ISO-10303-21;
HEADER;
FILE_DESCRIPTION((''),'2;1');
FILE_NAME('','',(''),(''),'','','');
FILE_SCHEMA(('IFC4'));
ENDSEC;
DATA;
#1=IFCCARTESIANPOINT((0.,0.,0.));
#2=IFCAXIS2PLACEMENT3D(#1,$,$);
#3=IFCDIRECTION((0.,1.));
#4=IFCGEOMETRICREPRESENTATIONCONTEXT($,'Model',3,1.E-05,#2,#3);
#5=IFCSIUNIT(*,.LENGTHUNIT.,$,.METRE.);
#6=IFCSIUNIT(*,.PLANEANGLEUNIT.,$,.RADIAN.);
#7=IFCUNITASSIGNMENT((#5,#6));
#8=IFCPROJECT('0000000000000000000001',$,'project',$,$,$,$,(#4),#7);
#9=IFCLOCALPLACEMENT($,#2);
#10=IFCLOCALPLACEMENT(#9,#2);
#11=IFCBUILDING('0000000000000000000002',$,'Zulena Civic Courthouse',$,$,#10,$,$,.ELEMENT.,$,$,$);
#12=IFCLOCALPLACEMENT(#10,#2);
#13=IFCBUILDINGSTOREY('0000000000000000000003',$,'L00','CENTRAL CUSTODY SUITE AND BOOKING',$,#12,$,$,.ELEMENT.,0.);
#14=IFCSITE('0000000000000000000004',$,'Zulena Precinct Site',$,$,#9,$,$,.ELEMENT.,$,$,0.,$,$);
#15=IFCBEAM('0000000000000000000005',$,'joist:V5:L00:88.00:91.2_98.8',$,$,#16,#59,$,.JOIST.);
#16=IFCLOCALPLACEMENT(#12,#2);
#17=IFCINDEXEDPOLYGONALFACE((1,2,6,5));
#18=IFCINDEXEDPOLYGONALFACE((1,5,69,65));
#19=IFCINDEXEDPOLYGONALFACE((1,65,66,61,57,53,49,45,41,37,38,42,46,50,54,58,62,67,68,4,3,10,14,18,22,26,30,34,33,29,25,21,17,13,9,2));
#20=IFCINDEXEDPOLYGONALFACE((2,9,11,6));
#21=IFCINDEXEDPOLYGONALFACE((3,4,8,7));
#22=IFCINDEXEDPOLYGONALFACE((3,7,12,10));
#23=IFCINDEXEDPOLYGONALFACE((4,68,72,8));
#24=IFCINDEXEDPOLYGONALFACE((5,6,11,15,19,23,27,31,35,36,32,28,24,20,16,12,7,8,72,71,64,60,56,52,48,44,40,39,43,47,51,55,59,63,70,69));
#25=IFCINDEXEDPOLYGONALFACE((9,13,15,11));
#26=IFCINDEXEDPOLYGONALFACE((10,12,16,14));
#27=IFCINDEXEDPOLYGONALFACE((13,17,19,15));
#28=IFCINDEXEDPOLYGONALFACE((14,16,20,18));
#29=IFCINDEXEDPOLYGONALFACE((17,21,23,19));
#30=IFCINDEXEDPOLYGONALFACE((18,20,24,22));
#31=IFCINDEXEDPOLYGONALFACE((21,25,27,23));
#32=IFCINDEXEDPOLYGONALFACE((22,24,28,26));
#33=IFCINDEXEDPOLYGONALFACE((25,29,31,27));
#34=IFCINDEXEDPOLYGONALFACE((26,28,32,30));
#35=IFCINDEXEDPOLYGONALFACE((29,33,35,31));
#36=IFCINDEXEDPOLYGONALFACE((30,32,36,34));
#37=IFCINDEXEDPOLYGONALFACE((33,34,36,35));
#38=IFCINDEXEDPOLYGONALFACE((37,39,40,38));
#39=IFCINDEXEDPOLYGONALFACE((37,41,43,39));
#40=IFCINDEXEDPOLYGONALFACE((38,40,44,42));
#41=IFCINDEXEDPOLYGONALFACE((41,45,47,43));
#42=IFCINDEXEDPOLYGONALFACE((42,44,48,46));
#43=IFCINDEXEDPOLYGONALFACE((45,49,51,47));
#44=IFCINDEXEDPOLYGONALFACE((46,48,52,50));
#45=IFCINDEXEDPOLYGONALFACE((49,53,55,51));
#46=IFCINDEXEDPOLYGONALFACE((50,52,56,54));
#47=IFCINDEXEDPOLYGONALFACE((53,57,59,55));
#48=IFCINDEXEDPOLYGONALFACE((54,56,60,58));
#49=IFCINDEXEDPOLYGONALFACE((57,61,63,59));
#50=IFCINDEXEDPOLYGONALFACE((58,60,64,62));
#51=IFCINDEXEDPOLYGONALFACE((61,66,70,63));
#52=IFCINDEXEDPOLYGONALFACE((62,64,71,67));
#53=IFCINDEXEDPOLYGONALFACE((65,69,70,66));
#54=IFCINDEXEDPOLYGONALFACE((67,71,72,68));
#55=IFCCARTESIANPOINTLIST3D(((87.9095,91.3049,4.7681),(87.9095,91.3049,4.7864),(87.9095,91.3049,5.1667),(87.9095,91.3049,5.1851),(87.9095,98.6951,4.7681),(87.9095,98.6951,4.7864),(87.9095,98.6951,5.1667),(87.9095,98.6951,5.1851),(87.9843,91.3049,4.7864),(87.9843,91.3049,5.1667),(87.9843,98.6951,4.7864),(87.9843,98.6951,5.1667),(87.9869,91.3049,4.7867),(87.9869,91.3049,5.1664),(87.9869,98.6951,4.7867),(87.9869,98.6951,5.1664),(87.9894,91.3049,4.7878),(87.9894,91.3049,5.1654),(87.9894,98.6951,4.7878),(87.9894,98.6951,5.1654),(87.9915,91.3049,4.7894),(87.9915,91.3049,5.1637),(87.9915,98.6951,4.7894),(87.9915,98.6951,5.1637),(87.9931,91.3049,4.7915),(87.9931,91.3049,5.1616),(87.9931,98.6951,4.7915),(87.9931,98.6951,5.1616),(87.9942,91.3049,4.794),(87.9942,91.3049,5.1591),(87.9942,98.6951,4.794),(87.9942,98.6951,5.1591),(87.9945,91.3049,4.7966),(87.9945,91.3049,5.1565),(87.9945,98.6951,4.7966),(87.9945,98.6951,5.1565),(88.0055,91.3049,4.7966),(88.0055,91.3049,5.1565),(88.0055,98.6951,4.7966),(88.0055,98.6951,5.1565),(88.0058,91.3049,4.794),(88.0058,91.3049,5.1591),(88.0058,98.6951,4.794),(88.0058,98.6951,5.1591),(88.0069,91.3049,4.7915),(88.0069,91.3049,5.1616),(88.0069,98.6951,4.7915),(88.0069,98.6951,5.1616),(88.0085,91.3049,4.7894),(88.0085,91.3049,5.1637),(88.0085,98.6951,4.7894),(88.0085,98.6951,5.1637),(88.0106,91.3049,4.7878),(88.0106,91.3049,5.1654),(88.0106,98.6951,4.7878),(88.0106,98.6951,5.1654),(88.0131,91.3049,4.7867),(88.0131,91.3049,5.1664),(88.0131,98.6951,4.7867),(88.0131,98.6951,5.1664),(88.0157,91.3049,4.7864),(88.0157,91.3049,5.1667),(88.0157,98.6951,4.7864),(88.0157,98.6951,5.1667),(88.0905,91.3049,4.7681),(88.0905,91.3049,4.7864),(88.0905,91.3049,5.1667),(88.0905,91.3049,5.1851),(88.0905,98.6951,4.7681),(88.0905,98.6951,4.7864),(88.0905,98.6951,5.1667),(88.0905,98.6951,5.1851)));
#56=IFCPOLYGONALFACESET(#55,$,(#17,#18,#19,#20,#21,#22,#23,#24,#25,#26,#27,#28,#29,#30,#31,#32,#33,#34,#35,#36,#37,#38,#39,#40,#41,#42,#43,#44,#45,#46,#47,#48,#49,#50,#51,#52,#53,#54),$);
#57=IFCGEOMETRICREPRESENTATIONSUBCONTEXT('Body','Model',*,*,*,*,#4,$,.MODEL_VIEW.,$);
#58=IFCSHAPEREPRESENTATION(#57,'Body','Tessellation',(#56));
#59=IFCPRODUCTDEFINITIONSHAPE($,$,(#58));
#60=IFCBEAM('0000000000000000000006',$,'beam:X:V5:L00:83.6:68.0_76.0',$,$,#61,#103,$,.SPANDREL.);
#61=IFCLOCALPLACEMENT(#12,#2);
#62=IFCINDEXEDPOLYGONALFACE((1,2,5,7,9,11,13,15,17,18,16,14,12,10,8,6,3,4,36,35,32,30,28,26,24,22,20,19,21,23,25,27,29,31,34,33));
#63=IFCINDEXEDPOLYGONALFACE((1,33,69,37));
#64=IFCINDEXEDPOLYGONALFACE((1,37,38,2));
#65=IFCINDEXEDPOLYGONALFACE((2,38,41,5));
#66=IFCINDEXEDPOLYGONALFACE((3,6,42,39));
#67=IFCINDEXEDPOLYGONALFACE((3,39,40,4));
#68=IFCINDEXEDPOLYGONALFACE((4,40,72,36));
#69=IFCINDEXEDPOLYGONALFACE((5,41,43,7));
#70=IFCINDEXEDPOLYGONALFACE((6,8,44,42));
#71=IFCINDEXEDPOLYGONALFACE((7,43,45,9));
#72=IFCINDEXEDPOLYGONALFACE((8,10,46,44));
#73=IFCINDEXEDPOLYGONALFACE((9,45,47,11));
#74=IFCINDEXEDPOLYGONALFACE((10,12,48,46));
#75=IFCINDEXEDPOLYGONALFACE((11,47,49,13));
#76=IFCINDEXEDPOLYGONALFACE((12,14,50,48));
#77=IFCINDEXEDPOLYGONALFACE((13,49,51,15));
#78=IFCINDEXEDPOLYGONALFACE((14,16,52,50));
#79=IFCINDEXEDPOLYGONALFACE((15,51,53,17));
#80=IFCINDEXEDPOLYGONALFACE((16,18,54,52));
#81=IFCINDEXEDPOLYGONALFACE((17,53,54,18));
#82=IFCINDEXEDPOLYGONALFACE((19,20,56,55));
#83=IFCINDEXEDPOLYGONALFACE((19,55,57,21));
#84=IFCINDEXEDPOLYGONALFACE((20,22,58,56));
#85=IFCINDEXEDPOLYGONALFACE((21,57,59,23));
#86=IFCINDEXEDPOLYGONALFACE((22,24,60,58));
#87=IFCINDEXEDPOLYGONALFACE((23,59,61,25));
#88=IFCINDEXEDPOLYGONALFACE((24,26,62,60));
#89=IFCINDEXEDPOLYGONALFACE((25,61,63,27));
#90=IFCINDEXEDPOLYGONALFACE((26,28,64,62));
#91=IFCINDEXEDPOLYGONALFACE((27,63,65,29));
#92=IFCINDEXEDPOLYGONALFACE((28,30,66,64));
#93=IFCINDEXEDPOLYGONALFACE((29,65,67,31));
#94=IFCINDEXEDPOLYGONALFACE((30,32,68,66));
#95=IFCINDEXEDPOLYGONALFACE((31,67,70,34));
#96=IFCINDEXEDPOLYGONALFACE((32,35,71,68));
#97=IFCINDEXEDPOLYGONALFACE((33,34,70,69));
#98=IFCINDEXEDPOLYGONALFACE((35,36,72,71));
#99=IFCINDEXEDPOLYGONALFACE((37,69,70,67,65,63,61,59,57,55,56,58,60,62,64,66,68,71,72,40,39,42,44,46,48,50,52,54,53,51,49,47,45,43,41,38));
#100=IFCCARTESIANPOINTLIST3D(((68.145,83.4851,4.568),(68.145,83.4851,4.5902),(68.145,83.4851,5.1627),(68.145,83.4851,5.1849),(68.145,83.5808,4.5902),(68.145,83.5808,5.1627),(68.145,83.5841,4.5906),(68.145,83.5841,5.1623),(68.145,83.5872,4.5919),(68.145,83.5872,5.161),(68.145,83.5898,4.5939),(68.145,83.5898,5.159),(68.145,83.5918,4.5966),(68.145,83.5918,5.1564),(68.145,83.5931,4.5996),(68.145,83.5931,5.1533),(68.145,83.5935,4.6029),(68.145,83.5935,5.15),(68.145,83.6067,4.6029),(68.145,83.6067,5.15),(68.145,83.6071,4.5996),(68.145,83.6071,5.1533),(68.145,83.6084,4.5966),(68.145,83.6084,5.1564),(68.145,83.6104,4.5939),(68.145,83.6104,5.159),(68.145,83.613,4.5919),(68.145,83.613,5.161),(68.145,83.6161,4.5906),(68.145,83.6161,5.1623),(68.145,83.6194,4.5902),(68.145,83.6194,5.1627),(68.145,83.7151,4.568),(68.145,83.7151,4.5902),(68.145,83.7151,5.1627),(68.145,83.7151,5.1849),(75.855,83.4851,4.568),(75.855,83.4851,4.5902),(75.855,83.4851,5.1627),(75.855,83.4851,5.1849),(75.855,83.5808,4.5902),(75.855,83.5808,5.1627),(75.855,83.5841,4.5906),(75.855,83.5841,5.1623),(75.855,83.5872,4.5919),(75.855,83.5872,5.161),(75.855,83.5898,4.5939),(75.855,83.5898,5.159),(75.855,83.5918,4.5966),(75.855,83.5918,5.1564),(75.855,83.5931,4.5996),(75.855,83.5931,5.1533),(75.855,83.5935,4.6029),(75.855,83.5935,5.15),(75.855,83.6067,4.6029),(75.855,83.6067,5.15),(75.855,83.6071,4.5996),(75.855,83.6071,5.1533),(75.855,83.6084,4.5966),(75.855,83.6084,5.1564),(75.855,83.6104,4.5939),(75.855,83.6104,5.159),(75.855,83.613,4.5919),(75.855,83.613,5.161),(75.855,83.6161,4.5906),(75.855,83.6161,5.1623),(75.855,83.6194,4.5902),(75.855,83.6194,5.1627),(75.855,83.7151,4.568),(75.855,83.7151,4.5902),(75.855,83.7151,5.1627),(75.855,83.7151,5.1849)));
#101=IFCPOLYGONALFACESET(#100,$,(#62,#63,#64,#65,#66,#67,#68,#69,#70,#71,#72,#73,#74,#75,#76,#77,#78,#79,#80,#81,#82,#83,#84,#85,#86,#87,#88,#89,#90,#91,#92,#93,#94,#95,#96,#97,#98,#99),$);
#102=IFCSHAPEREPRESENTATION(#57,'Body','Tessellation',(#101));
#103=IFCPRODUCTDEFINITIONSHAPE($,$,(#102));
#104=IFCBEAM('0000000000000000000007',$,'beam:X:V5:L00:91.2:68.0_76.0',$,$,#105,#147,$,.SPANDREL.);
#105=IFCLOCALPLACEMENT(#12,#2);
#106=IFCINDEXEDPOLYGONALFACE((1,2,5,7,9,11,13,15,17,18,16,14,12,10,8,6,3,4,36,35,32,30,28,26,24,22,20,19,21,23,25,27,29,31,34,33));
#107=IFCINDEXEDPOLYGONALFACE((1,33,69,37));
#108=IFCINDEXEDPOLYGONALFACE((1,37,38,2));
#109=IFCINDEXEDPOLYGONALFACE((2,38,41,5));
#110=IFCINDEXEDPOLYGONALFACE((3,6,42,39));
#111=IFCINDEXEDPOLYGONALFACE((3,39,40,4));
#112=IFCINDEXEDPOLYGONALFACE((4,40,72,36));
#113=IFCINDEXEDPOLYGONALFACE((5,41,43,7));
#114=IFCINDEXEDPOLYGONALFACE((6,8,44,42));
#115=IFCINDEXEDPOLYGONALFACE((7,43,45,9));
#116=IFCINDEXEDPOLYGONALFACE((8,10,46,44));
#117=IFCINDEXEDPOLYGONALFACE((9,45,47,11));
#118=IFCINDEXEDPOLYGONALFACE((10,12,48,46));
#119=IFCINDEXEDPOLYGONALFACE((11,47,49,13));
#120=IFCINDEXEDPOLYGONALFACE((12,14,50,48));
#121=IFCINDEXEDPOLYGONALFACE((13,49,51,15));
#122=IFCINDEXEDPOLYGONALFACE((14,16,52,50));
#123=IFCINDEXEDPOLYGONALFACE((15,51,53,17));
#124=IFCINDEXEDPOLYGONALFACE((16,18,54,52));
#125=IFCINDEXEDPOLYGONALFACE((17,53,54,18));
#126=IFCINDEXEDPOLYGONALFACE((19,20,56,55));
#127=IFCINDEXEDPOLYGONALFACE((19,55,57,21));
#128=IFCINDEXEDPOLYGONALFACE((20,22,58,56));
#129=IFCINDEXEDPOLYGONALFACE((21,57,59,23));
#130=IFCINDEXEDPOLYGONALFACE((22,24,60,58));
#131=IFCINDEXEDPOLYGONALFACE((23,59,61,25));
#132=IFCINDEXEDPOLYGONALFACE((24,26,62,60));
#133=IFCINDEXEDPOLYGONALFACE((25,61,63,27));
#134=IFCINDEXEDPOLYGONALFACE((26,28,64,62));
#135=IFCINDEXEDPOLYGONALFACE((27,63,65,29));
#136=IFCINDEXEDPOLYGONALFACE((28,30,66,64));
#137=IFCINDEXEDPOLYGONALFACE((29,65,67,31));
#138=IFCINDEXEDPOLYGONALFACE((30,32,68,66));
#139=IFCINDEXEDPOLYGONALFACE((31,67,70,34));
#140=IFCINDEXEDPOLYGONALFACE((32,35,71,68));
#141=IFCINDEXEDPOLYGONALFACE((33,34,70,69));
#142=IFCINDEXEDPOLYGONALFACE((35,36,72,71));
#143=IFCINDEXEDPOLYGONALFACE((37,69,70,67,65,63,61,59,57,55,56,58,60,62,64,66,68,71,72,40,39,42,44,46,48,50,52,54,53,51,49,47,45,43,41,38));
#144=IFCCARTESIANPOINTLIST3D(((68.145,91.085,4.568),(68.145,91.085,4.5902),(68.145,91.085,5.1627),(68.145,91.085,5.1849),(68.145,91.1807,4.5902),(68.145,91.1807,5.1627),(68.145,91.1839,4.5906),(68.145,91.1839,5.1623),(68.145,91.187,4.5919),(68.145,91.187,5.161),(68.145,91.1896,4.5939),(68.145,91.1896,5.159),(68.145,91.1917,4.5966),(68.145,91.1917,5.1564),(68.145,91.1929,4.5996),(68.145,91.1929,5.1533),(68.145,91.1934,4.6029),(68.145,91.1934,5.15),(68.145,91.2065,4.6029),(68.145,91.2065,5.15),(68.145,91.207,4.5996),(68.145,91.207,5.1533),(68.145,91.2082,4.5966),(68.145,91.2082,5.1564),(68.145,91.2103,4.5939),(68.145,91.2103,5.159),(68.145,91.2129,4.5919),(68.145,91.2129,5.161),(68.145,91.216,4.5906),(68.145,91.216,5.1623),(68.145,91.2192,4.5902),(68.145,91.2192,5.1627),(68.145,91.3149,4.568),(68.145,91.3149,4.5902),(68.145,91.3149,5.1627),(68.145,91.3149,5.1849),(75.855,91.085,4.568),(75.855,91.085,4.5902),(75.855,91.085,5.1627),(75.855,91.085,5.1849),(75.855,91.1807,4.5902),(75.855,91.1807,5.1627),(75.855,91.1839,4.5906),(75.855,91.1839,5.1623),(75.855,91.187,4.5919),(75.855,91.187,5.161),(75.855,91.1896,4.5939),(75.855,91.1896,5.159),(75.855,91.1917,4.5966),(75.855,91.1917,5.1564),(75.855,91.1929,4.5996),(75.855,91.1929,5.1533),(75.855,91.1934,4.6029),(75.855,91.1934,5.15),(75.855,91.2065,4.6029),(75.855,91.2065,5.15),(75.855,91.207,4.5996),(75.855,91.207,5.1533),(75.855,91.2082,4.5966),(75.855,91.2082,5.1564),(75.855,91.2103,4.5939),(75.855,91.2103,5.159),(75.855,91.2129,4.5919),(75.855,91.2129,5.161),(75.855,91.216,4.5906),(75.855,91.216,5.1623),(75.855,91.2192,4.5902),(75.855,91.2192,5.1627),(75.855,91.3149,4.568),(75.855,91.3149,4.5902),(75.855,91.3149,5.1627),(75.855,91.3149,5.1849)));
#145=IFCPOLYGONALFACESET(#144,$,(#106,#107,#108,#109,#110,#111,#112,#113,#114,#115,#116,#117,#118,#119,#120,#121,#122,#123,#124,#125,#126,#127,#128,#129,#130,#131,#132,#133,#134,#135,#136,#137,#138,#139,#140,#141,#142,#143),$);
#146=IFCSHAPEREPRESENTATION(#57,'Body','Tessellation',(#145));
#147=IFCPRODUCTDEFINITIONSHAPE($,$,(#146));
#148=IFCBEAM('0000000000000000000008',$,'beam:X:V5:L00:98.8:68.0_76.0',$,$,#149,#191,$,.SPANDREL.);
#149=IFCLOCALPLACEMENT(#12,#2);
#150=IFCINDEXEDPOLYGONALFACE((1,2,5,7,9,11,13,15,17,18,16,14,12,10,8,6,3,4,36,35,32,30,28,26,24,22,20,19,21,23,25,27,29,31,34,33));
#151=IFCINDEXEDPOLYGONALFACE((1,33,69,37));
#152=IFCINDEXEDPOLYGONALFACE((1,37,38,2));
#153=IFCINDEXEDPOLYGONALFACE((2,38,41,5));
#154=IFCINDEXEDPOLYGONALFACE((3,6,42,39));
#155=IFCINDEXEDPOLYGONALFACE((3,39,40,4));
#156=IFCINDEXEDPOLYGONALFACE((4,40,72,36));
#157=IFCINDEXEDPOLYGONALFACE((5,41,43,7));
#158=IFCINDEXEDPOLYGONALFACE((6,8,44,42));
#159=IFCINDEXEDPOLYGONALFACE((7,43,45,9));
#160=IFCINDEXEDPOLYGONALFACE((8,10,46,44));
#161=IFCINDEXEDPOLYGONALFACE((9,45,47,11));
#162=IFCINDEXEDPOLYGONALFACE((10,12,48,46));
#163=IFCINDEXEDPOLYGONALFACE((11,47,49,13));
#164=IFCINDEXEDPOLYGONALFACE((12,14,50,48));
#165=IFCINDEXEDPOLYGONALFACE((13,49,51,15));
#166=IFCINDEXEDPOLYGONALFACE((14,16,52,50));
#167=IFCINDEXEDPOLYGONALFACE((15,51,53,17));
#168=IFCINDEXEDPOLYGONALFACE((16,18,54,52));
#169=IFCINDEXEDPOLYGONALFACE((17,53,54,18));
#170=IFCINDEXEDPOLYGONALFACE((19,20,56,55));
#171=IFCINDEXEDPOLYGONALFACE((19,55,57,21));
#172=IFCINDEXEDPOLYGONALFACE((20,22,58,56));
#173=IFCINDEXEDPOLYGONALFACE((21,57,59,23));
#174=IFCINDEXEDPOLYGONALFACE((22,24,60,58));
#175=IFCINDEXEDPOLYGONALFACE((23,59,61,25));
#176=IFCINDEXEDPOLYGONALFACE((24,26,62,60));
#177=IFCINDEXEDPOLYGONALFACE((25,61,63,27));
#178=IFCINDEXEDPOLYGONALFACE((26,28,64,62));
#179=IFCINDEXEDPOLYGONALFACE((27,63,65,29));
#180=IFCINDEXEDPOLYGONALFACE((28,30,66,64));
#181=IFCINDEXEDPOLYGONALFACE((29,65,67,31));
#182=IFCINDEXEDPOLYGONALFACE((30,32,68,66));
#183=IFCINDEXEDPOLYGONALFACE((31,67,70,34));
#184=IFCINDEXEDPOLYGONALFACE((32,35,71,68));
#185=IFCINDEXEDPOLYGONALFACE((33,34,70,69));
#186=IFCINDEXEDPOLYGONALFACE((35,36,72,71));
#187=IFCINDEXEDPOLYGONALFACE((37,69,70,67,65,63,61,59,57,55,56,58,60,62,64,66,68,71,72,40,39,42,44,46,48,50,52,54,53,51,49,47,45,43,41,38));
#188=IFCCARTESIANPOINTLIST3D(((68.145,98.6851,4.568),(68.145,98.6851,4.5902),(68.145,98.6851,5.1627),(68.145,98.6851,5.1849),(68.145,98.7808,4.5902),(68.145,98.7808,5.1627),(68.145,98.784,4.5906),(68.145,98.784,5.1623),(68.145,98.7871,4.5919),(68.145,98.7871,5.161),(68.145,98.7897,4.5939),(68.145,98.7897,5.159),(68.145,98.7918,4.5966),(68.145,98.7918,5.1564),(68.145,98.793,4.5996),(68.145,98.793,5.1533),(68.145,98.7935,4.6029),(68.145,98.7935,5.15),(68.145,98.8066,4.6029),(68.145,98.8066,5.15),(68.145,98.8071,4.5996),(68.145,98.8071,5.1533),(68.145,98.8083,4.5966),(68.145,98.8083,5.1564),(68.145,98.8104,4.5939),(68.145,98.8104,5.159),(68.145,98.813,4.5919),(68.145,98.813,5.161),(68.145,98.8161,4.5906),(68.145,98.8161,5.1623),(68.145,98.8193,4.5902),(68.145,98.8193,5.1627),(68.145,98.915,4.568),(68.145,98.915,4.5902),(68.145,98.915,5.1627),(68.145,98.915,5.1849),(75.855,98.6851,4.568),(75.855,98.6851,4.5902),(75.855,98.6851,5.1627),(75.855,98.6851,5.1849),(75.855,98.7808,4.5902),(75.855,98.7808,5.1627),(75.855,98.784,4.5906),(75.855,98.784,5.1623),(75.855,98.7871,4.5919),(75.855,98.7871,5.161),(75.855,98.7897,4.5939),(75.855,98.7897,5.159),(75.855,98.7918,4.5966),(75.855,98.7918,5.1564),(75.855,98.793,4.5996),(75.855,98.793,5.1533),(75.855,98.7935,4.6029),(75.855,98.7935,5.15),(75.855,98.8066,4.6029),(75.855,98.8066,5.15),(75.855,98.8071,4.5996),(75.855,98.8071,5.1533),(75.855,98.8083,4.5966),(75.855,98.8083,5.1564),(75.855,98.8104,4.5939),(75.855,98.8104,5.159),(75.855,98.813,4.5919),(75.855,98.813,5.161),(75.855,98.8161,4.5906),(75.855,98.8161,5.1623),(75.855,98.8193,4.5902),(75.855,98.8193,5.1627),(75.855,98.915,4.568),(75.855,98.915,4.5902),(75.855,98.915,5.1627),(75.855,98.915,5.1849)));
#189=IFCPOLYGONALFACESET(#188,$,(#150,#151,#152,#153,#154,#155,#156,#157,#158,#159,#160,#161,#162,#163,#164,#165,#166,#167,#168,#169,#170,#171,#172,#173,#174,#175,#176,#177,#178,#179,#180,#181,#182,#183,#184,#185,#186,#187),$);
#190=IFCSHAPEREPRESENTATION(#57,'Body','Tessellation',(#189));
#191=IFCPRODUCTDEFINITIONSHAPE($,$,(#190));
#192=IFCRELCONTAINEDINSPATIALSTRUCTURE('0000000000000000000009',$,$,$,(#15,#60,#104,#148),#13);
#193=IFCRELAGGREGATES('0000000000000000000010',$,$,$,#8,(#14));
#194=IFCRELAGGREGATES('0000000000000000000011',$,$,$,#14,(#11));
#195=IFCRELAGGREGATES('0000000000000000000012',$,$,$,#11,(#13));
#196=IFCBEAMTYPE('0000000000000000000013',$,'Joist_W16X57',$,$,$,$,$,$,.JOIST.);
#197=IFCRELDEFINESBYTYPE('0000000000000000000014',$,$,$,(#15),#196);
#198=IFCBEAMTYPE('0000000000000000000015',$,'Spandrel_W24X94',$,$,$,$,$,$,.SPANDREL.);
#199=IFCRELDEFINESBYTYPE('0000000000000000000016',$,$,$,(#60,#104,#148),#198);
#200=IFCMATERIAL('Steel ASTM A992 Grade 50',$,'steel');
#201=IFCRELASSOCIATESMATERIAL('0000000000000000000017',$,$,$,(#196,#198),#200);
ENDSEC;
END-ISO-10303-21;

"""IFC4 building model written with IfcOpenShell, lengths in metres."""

from ifc_helpers import new_model, si_unit, direction, frame, origin, origin_2d, place, context, subcontext, project, spatial, i_section, extrude, material, material_profile, profile_set, type_object, element, save


model = new_model("IFC4")

# Units and contexts
model_context = context("Model", 3, precision=1e-05, world=origin(), true_north=direction((0.0, 1.0)))
body_context = subcontext(model_context, "Body", "Model", "MODEL_VIEW")
ifc_project = project(units=[si_unit("LENGTHUNIT", "METRE"), si_unit("PLANEANGLEUNIT", "RADIAN")], contexts=[model_context])

# Site, building, storey
site_placement = place(None, origin())
site = spatial("IfcSite", under=ifc_project, at=site_placement, Name="Zulena Precinct Site", CompositionType="ELEMENT", RefElevation=0.0)
building_placement = place(site_placement, origin())
building = spatial("IfcBuilding", under=site, at=building_placement, Name="Zulena Civic Courthouse", CompositionType="ELEMENT")
storey_placement = place(building_placement, origin())
storey = spatial("IfcBuildingStorey", under=building, at=storey_placement, Name="L00", Description="CENTRAL CUSTODY SUITE AND BOOKING", CompositionType="ELEMENT", Elevation=0.0)

# Shared definitions
ifc_material_1 = material(Name="Steel ASTM A992 Grade 50", Category="steel")

# Beams
ifc_material_profile_1 = material_profile(ifc_material_1, i_section(OverallWidth=0.1809, OverallDepth=0.417, WebThickness=0.011, FlangeThickness=0.0183, FilletRadius=0.0103, at=origin_2d()), Name="W16X57")
ifc_profile_set_1 = profile_set([ifc_material_profile_1], Name="Steel ASTM A992 Grade 50")
beam_type_1 = type_object("IfcBeamType", Name="Joist_W16X57", PredefinedType="JOIST", material=ifc_profile_set_1)
beam_1_placement = place(storey_placement, frame((88.0, 91.3049, 4.9766), z_axis=(0.0, 1.0, 0.0), x_axis=(-1.0, 0.0, 0.0)))
element("IfcBeam", 1, at=beam_1_placement, inside=storey, type_object=beam_type_1, Name="joist:V5:L00:88.00:91.2_98.8", PredefinedType="JOIST", context=body_context, shape_type="SweptSolid", body=[
    extrude(i_section(OverallWidth=0.1809, OverallDepth=0.417, WebThickness=0.011, FlangeThickness=0.0183, FilletRadius=0.0103, at=origin_2d()), origin(), (0.0, 0.0, 1.0), 7.3901),
])
ifc_material_profile_2 = material_profile(ifc_material_1, i_section(OverallWidth=0.23, OverallDepth=0.6169, WebThickness=0.0132, FlangeThickness=0.0222, FilletRadius=0.0127, at=origin_2d()), Name="W24X94")
ifc_profile_set_2 = profile_set([ifc_material_profile_2], Name="Steel ASTM A992 Grade 50")
beam_type_2 = type_object("IfcBeamType", Name="Spandrel_W24X94", PredefinedType="SPANDREL", material=ifc_profile_set_2)
for number, where, z_axis, x_axis, name in (
    (2, (68.145, 83.6001, 4.8765), (1.0, 0.0, 0.0), (0.0, 1.0, 0.0), "beam:X:V5:L00:83.6:68.0_76.0"),
    (3, (68.145, 91.2, 4.8765), (1.0, 0.0, 0.0), (0.0, 1.0, 0.0), "beam:X:V5:L00:91.2:68.0_76.0"),
    (4, (68.145, 98.8, 4.8765), (1.0, 0.0, 0.0), (0.0, 1.0, 0.0), "beam:X:V5:L00:98.8:68.0_76.0"),
):
    element("IfcBeam", number, at=place(storey_placement, frame(where, z_axis=z_axis, x_axis=x_axis)), inside=storey, type_object=beam_type_2, Name=name, PredefinedType="SPANDREL", context=body_context, shape_type="SweptSolid", body=[
        extrude(i_section(OverallWidth=0.23, OverallDepth=0.6169, WebThickness=0.0132, FlangeThickness=0.0222, FilletRadius=0.0127, at=origin_2d()), origin(), (0.0, 0.0, 1.0), 7.71),
    ])

save(model, "model.ifc")
